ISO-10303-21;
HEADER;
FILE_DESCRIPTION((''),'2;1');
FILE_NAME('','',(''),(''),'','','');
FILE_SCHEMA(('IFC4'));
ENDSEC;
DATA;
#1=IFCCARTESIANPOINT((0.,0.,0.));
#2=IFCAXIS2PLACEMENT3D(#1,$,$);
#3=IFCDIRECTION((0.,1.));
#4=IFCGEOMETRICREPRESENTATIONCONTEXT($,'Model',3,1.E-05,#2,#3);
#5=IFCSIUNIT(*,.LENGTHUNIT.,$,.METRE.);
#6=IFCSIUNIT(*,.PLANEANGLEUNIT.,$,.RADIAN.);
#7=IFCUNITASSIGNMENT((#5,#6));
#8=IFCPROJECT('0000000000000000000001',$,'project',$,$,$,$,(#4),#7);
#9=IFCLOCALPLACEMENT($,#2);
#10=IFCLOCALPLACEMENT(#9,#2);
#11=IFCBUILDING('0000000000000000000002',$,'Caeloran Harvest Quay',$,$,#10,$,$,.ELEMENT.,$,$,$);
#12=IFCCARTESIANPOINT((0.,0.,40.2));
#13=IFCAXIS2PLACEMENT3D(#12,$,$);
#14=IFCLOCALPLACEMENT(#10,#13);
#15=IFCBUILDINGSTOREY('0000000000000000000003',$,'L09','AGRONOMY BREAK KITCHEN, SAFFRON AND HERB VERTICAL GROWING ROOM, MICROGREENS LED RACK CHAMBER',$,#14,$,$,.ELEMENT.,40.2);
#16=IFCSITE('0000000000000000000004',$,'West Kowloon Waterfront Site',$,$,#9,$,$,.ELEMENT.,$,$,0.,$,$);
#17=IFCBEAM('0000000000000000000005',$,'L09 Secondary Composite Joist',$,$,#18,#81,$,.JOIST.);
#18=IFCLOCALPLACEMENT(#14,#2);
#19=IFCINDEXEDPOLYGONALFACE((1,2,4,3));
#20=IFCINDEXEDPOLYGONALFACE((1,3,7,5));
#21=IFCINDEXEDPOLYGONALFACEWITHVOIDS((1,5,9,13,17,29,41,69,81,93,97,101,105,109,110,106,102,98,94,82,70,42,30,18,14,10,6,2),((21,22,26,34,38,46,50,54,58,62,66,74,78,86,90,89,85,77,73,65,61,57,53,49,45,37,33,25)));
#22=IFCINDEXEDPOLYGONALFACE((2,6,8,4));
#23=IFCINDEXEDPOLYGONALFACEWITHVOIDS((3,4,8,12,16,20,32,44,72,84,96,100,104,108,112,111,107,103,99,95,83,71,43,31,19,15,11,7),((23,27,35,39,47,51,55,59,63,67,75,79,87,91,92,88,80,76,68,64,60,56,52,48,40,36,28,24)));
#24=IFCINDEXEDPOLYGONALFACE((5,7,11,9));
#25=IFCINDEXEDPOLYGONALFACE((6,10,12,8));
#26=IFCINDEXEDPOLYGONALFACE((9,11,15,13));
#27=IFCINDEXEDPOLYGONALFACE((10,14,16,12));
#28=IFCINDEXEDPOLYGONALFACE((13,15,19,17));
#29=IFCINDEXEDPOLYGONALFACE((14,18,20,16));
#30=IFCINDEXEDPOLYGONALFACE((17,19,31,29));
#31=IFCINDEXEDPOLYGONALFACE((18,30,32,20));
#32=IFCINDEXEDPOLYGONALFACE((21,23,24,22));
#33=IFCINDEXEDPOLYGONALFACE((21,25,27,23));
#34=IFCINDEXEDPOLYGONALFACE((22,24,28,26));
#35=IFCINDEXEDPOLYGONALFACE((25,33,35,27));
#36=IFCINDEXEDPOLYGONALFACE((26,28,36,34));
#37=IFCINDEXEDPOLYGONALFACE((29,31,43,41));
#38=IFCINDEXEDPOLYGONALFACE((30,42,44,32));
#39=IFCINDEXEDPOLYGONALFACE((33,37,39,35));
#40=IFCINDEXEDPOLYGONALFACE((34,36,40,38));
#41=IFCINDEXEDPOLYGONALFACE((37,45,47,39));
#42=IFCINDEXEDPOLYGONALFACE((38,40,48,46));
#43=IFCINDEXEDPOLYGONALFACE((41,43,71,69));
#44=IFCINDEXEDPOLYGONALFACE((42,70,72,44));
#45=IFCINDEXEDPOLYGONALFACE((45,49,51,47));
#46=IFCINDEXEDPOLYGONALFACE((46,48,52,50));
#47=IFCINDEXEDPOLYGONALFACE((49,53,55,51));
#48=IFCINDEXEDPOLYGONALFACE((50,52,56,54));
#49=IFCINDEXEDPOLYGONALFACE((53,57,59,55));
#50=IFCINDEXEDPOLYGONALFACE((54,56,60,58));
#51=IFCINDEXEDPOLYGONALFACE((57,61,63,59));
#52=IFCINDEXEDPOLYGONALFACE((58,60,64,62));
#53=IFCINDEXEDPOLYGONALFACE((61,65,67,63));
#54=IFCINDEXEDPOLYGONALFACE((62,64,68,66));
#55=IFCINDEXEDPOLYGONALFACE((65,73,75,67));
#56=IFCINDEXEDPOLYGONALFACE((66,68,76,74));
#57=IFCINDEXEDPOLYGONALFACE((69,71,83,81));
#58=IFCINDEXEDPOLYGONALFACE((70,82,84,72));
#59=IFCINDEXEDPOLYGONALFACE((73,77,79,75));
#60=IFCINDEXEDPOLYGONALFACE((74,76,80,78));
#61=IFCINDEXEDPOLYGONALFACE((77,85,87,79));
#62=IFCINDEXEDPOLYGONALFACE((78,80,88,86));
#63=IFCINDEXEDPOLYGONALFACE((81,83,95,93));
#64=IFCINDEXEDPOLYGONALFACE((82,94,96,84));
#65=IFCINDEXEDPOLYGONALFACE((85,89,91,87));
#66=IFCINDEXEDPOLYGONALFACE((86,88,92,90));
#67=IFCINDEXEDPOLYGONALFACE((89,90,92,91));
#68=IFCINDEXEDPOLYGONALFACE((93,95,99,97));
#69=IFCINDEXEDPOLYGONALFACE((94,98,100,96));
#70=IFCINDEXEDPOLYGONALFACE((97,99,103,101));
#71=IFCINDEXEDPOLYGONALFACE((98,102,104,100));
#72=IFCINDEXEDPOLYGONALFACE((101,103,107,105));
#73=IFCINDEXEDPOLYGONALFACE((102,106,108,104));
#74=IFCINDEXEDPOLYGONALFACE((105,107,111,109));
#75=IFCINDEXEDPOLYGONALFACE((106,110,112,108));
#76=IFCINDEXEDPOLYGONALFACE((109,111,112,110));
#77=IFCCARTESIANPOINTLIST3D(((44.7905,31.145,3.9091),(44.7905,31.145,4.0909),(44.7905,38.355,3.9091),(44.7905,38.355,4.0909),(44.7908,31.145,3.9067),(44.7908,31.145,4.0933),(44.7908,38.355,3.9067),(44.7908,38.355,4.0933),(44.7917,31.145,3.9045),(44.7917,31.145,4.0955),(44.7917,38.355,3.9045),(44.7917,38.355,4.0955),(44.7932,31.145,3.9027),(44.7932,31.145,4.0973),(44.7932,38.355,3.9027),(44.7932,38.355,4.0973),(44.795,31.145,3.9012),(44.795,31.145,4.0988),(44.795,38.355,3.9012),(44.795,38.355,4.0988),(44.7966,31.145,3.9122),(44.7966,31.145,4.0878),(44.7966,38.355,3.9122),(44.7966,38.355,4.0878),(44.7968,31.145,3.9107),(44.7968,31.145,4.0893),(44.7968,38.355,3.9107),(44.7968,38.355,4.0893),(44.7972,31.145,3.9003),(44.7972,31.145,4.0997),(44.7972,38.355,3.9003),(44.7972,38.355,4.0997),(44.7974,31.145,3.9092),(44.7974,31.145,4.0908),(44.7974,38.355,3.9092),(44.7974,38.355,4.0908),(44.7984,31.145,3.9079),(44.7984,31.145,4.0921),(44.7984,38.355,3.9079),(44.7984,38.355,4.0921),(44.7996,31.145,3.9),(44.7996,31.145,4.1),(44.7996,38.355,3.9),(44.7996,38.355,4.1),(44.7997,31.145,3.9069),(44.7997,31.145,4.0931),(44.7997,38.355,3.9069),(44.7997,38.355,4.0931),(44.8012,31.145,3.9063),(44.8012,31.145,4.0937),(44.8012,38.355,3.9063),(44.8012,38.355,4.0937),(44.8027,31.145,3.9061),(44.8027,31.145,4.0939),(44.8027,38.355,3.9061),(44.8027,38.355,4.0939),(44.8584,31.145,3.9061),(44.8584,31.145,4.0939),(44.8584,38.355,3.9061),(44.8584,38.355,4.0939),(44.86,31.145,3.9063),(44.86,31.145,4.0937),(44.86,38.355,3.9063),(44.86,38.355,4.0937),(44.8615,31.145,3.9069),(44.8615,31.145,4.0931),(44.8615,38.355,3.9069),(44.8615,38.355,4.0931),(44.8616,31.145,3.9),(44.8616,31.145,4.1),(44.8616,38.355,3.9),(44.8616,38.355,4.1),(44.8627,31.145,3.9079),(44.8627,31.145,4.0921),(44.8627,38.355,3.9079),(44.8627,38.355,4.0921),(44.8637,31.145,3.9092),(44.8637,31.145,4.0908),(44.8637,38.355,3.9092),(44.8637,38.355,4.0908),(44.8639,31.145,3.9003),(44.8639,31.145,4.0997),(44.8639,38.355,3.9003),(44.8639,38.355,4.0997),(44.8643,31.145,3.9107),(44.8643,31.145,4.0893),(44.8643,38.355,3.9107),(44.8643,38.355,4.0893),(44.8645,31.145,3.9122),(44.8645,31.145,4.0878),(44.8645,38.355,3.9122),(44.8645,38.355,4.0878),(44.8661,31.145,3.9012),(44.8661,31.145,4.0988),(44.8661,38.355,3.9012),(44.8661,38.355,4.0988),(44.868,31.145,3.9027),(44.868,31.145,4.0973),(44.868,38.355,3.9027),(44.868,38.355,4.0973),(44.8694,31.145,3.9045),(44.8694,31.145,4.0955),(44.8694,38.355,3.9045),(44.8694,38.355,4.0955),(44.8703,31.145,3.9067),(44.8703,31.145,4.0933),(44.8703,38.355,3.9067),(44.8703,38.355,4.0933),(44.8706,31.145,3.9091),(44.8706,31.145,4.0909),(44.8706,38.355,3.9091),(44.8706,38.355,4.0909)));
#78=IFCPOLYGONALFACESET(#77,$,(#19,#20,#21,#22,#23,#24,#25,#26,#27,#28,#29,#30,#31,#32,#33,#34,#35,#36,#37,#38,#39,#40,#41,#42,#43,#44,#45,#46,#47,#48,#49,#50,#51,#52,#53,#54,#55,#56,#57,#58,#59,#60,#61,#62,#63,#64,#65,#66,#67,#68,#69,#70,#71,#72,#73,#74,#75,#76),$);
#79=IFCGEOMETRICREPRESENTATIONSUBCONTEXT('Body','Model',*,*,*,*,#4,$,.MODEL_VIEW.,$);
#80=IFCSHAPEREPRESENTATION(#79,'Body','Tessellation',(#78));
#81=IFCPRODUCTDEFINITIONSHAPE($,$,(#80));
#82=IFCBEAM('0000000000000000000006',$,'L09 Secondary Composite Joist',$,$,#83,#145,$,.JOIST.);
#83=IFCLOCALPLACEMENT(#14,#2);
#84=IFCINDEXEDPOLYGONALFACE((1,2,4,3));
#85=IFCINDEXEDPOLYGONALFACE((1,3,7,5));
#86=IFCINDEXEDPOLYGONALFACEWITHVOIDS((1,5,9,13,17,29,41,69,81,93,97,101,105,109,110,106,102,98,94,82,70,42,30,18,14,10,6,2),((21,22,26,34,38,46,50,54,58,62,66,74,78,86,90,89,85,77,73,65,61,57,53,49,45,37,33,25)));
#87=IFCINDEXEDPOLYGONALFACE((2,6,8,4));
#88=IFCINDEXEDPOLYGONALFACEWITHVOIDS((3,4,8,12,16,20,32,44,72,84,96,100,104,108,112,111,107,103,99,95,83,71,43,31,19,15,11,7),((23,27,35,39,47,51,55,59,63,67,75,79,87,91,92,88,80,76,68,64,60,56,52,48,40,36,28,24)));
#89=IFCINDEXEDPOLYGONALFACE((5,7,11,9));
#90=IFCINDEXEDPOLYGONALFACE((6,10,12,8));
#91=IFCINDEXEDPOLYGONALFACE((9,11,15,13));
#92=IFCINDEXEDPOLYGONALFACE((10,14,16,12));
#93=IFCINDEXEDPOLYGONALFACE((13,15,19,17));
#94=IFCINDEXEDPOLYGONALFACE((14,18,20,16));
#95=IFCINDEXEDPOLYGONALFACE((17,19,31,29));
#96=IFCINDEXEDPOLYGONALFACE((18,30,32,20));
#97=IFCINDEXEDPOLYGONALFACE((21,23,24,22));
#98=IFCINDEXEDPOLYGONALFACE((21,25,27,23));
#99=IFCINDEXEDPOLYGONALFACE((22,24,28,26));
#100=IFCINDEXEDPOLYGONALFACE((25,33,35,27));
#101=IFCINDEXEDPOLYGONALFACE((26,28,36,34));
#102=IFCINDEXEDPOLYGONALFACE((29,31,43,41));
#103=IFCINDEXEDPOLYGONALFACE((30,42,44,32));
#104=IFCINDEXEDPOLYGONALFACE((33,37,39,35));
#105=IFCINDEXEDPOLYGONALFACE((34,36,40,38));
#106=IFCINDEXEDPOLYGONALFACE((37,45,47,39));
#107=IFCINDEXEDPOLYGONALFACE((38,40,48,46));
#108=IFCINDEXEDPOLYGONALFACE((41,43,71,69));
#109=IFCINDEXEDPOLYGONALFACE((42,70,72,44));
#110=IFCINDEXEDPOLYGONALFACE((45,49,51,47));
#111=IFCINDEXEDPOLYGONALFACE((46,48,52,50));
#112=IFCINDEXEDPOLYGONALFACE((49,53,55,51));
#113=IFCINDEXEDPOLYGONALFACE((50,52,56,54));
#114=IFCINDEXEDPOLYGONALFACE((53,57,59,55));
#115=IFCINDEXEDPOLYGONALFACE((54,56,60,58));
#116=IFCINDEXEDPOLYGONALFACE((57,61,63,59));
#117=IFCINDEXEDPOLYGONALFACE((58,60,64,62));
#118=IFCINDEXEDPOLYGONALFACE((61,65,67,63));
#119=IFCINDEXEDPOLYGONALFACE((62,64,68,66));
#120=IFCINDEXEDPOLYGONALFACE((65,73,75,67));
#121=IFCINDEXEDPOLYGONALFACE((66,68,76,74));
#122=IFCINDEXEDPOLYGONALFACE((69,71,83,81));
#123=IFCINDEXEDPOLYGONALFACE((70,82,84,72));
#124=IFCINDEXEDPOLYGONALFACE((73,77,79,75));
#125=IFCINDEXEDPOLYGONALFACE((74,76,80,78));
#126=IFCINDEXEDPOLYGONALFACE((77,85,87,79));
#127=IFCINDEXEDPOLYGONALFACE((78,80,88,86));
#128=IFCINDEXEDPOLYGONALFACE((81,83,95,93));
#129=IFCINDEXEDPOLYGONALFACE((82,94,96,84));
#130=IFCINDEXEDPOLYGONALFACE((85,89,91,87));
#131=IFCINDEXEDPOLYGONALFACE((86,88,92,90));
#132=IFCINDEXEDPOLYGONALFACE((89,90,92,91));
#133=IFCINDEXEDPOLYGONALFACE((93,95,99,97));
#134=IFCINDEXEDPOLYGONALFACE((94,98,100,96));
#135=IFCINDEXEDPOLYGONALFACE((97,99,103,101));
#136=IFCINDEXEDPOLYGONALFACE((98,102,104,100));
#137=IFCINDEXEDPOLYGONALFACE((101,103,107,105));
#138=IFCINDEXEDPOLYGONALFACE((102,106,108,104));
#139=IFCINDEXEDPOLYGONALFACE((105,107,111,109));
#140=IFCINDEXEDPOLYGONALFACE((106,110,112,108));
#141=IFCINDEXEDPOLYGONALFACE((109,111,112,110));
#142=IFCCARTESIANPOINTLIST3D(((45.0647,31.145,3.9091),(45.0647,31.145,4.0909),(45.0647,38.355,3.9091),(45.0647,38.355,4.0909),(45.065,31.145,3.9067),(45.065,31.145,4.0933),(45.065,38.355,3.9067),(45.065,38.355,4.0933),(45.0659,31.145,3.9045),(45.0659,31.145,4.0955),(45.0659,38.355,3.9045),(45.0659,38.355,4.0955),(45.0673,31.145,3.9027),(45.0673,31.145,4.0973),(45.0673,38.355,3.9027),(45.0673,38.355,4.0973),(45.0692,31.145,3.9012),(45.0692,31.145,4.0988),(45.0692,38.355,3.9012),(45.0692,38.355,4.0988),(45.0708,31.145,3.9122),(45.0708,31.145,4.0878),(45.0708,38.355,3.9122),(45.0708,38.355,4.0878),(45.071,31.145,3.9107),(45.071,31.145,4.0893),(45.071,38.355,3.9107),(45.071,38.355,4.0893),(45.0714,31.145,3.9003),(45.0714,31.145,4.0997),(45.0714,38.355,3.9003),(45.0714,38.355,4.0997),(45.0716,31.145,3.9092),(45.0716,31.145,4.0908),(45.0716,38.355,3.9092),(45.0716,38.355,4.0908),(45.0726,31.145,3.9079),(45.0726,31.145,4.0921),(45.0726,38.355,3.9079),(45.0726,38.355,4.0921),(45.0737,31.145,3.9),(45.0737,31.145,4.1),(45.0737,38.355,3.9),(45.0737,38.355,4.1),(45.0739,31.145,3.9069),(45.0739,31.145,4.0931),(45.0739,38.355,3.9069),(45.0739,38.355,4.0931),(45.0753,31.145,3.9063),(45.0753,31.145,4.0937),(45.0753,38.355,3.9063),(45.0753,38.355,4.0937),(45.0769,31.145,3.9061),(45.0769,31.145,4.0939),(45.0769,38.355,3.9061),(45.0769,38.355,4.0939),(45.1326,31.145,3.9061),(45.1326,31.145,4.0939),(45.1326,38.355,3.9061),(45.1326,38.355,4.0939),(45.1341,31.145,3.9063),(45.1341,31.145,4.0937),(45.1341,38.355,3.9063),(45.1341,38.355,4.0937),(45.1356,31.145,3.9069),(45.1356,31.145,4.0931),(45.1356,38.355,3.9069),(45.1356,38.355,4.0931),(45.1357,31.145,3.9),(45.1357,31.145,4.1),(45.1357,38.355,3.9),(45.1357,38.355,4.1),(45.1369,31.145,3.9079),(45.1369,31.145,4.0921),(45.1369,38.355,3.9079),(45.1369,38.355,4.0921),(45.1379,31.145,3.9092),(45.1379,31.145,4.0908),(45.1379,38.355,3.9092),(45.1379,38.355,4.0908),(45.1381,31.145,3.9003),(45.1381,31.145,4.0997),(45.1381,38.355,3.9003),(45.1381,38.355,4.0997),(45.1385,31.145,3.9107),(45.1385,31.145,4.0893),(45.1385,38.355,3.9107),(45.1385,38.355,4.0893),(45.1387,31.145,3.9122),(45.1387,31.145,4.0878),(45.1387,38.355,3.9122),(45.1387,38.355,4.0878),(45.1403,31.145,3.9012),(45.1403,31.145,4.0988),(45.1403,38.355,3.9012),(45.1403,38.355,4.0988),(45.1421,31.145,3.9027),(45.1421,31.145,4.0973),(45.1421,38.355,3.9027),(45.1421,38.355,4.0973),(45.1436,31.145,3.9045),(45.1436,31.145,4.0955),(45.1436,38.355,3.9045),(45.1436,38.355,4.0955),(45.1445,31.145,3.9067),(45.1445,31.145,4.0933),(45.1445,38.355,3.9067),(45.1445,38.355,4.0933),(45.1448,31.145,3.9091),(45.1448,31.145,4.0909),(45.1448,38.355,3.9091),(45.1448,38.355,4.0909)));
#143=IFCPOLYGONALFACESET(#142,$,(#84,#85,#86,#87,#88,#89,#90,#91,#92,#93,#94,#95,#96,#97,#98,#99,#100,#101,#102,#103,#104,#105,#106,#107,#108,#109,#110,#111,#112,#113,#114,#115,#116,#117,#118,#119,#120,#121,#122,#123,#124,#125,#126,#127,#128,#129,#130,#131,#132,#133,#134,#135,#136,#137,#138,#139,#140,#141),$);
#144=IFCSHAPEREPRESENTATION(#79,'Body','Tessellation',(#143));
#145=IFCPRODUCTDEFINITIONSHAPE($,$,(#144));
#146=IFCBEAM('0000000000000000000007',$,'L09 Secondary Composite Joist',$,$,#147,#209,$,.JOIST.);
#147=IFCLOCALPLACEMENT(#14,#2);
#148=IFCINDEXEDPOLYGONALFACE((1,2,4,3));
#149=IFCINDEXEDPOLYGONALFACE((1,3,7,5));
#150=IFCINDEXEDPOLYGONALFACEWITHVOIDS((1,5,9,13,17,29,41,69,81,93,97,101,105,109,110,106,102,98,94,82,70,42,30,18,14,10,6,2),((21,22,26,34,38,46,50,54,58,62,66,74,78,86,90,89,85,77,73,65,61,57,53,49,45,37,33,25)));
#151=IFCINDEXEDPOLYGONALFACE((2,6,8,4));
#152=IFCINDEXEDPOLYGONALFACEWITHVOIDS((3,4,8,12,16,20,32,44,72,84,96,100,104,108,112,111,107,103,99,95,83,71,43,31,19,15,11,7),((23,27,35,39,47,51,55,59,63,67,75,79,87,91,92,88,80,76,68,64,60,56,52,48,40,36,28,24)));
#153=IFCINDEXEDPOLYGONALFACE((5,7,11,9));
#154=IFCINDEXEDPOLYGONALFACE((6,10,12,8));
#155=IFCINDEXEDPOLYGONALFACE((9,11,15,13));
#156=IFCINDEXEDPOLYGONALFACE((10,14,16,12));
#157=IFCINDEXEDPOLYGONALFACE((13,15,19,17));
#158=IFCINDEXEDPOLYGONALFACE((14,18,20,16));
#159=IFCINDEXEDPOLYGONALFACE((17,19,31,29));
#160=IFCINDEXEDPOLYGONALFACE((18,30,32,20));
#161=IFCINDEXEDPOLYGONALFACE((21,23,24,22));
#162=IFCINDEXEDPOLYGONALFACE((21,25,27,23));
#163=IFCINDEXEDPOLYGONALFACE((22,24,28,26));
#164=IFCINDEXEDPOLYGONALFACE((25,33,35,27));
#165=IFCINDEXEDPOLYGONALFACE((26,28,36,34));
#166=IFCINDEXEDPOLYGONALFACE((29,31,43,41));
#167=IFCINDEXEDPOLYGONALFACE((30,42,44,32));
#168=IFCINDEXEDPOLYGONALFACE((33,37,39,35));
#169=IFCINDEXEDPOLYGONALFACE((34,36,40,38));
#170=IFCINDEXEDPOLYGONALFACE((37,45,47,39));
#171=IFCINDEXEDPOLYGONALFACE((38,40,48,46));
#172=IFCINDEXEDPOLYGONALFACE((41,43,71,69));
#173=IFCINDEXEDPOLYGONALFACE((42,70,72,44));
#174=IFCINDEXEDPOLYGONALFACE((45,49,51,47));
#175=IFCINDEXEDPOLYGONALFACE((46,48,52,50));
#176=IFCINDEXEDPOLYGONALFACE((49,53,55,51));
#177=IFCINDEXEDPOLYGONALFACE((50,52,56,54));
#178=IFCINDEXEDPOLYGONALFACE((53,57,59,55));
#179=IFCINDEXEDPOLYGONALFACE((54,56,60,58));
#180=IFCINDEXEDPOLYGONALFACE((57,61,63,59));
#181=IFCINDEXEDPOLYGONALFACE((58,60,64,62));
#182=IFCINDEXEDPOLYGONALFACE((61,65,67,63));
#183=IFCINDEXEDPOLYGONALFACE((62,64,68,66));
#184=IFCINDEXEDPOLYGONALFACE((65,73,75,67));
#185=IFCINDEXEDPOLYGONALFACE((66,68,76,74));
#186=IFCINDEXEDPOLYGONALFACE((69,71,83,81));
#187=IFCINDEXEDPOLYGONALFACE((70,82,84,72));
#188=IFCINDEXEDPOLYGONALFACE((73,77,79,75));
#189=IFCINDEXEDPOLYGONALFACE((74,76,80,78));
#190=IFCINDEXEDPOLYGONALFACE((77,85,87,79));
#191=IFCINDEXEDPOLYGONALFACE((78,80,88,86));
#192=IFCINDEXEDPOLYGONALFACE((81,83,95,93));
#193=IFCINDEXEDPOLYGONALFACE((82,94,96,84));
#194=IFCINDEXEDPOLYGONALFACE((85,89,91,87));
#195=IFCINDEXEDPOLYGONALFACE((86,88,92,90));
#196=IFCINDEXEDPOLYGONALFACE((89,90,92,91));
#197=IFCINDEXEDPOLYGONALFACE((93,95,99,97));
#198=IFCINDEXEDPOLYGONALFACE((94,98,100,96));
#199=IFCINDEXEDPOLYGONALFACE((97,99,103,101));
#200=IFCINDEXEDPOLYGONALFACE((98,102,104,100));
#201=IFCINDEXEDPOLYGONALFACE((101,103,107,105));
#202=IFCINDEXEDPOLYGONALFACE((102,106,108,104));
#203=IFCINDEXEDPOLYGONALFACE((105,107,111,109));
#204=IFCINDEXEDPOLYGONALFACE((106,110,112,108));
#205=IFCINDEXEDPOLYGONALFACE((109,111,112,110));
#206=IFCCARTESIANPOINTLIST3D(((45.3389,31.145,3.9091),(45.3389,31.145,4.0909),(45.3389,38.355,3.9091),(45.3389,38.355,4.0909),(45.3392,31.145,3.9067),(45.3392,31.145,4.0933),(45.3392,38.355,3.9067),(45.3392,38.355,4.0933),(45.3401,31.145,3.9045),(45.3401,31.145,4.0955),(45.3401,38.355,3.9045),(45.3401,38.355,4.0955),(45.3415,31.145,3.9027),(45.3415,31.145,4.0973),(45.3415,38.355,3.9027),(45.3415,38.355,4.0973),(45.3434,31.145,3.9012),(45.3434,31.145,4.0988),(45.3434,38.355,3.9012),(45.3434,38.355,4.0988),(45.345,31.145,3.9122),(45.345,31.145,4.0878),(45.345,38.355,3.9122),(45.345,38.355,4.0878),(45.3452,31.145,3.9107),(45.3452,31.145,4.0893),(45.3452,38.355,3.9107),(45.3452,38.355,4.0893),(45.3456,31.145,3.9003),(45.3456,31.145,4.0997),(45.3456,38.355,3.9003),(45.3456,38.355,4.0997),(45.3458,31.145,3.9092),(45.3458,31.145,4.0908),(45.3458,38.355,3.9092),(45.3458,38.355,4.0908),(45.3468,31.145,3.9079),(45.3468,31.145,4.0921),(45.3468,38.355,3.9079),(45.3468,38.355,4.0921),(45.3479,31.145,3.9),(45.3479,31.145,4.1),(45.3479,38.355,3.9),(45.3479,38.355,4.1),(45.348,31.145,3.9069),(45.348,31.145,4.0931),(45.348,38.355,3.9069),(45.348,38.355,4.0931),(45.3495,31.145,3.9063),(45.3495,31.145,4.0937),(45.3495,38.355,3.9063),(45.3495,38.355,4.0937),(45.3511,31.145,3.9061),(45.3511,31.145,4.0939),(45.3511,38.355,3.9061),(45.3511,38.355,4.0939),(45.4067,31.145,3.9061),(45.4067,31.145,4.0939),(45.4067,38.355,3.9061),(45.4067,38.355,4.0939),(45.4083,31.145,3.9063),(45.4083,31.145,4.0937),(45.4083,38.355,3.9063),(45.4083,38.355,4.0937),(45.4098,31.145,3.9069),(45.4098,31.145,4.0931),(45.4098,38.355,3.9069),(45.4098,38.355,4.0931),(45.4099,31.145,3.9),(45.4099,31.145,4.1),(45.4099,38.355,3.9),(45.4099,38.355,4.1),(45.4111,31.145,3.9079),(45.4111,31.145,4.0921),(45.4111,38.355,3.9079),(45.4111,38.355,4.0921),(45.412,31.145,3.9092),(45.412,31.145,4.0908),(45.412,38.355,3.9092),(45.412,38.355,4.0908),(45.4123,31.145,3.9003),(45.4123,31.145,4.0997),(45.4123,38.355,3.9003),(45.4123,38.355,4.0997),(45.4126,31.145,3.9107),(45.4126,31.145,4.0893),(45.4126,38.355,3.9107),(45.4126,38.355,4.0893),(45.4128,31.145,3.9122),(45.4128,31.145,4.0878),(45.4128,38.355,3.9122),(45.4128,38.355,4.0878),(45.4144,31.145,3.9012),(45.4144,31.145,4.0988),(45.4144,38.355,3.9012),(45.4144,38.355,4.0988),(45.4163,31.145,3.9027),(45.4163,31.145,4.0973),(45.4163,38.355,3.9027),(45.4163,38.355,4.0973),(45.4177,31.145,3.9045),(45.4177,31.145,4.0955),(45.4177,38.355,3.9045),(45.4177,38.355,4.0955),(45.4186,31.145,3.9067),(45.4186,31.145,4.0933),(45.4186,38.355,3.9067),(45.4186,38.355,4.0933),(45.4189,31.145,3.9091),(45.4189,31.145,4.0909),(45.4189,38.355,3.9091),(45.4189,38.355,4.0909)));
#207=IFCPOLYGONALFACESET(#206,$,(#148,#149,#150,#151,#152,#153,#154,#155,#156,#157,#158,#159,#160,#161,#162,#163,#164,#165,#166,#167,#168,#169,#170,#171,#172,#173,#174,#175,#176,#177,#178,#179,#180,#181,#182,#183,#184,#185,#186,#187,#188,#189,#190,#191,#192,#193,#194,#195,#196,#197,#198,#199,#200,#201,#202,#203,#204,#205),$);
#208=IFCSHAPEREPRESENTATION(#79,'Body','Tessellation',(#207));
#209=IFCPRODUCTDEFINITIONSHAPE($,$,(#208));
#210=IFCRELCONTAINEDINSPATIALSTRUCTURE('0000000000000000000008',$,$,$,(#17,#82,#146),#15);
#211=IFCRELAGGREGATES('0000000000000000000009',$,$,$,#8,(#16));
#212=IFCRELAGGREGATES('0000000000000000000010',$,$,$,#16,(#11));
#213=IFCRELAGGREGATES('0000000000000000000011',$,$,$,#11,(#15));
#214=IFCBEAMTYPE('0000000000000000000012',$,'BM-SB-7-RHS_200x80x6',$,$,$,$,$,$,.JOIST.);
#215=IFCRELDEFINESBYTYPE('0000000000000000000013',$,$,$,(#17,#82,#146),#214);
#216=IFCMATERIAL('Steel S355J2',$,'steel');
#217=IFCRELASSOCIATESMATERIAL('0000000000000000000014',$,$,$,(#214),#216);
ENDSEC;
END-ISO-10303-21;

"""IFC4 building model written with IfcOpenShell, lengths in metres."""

from ifc_helpers import new_model, si_unit, direction, frame, origin, origin_2d, place, context, subcontext, project, spatial, hollow_rectangle, extrude, material, material_profile, profile_set, type_object, element, save


model = new_model("IFC4")

# Units and contexts
model_context = context("Model", 3, precision=1e-05, world=origin(), true_north=direction((0.0, 1.0)))
body_context = subcontext(model_context, "Body", "Model", "MODEL_VIEW")
ifc_project = project(units=[si_unit("LENGTHUNIT", "METRE"), si_unit("PLANEANGLEUNIT", "RADIAN")], contexts=[model_context])

# Site, building, storey
site_placement = place(None, origin())
site = spatial("IfcSite", under=ifc_project, at=site_placement, Name="West Kowloon Waterfront Site", CompositionType="ELEMENT", RefElevation=0.0)
building_placement = place(site_placement, origin())
building = spatial("IfcBuilding", under=site, at=building_placement, Name="Caeloran Harvest Quay", CompositionType="ELEMENT")
storey_placement = place(building_placement, frame((0.0, 0.0, 40.2)))
storey = spatial("IfcBuildingStorey", under=building, at=storey_placement, Name="L09", Description="AGRONOMY BREAK KITCHEN, SAFFRON AND HERB VERTICAL GROWING ROOM, MICROGREENS LED RACK CHAMBER", CompositionType="ELEMENT", Elevation=40.2)

# Beams
ifc_material_1 = material(Name="Steel S355J2", Category="steel")
ifc_material_profile_1 = material_profile(ifc_material_1, hollow_rectangle(XDim=0.0801, YDim=0.2, WallThickness=0.0061, InnerFilletRadius=0.0061, OuterFilletRadius=0.009, at=origin_2d()), Name="RHS 200x80x6")
ifc_profile_set_1 = profile_set([ifc_material_profile_1], Name="Steel S355J2")
beam_type_1 = type_object("IfcBeamType", Name="BM-SB-7-RHS_200x80x6", PredefinedType="JOIST", material=ifc_profile_set_1)
for number, where, z_axis, x_axis, name in (
    (1, (44.8306, 31.145, 4.0), (0.0, 1.0, 0.0), (-1.0, 0.0, 0.0), "L09 Secondary Composite Joist"),
    (2, (45.1047, 31.145, 4.0), (0.0, 1.0, 0.0), (-1.0, 0.0, 0.0), "L09 Secondary Composite Joist"),
    (3, (45.3789, 31.145, 4.0), (0.0, 1.0, 0.0), (-1.0, 0.0, 0.0), "L09 Secondary Composite Joist"),
):
    element("IfcBeam", number, at=place(storey_placement, frame(where, z_axis=z_axis, x_axis=x_axis)), inside=storey, type_object=beam_type_1, Name=name, PredefinedType="JOIST", context=body_context, shape_type="SweptSolid", body=[
        extrude(hollow_rectangle(XDim=0.0801, YDim=0.2, WallThickness=0.0061, InnerFilletRadius=0.0061, OuterFilletRadius=0.009, at=origin_2d()), origin(), (0.0, 0.0, 1.0), 7.21),
    ])

save(model, "model.ifc")
